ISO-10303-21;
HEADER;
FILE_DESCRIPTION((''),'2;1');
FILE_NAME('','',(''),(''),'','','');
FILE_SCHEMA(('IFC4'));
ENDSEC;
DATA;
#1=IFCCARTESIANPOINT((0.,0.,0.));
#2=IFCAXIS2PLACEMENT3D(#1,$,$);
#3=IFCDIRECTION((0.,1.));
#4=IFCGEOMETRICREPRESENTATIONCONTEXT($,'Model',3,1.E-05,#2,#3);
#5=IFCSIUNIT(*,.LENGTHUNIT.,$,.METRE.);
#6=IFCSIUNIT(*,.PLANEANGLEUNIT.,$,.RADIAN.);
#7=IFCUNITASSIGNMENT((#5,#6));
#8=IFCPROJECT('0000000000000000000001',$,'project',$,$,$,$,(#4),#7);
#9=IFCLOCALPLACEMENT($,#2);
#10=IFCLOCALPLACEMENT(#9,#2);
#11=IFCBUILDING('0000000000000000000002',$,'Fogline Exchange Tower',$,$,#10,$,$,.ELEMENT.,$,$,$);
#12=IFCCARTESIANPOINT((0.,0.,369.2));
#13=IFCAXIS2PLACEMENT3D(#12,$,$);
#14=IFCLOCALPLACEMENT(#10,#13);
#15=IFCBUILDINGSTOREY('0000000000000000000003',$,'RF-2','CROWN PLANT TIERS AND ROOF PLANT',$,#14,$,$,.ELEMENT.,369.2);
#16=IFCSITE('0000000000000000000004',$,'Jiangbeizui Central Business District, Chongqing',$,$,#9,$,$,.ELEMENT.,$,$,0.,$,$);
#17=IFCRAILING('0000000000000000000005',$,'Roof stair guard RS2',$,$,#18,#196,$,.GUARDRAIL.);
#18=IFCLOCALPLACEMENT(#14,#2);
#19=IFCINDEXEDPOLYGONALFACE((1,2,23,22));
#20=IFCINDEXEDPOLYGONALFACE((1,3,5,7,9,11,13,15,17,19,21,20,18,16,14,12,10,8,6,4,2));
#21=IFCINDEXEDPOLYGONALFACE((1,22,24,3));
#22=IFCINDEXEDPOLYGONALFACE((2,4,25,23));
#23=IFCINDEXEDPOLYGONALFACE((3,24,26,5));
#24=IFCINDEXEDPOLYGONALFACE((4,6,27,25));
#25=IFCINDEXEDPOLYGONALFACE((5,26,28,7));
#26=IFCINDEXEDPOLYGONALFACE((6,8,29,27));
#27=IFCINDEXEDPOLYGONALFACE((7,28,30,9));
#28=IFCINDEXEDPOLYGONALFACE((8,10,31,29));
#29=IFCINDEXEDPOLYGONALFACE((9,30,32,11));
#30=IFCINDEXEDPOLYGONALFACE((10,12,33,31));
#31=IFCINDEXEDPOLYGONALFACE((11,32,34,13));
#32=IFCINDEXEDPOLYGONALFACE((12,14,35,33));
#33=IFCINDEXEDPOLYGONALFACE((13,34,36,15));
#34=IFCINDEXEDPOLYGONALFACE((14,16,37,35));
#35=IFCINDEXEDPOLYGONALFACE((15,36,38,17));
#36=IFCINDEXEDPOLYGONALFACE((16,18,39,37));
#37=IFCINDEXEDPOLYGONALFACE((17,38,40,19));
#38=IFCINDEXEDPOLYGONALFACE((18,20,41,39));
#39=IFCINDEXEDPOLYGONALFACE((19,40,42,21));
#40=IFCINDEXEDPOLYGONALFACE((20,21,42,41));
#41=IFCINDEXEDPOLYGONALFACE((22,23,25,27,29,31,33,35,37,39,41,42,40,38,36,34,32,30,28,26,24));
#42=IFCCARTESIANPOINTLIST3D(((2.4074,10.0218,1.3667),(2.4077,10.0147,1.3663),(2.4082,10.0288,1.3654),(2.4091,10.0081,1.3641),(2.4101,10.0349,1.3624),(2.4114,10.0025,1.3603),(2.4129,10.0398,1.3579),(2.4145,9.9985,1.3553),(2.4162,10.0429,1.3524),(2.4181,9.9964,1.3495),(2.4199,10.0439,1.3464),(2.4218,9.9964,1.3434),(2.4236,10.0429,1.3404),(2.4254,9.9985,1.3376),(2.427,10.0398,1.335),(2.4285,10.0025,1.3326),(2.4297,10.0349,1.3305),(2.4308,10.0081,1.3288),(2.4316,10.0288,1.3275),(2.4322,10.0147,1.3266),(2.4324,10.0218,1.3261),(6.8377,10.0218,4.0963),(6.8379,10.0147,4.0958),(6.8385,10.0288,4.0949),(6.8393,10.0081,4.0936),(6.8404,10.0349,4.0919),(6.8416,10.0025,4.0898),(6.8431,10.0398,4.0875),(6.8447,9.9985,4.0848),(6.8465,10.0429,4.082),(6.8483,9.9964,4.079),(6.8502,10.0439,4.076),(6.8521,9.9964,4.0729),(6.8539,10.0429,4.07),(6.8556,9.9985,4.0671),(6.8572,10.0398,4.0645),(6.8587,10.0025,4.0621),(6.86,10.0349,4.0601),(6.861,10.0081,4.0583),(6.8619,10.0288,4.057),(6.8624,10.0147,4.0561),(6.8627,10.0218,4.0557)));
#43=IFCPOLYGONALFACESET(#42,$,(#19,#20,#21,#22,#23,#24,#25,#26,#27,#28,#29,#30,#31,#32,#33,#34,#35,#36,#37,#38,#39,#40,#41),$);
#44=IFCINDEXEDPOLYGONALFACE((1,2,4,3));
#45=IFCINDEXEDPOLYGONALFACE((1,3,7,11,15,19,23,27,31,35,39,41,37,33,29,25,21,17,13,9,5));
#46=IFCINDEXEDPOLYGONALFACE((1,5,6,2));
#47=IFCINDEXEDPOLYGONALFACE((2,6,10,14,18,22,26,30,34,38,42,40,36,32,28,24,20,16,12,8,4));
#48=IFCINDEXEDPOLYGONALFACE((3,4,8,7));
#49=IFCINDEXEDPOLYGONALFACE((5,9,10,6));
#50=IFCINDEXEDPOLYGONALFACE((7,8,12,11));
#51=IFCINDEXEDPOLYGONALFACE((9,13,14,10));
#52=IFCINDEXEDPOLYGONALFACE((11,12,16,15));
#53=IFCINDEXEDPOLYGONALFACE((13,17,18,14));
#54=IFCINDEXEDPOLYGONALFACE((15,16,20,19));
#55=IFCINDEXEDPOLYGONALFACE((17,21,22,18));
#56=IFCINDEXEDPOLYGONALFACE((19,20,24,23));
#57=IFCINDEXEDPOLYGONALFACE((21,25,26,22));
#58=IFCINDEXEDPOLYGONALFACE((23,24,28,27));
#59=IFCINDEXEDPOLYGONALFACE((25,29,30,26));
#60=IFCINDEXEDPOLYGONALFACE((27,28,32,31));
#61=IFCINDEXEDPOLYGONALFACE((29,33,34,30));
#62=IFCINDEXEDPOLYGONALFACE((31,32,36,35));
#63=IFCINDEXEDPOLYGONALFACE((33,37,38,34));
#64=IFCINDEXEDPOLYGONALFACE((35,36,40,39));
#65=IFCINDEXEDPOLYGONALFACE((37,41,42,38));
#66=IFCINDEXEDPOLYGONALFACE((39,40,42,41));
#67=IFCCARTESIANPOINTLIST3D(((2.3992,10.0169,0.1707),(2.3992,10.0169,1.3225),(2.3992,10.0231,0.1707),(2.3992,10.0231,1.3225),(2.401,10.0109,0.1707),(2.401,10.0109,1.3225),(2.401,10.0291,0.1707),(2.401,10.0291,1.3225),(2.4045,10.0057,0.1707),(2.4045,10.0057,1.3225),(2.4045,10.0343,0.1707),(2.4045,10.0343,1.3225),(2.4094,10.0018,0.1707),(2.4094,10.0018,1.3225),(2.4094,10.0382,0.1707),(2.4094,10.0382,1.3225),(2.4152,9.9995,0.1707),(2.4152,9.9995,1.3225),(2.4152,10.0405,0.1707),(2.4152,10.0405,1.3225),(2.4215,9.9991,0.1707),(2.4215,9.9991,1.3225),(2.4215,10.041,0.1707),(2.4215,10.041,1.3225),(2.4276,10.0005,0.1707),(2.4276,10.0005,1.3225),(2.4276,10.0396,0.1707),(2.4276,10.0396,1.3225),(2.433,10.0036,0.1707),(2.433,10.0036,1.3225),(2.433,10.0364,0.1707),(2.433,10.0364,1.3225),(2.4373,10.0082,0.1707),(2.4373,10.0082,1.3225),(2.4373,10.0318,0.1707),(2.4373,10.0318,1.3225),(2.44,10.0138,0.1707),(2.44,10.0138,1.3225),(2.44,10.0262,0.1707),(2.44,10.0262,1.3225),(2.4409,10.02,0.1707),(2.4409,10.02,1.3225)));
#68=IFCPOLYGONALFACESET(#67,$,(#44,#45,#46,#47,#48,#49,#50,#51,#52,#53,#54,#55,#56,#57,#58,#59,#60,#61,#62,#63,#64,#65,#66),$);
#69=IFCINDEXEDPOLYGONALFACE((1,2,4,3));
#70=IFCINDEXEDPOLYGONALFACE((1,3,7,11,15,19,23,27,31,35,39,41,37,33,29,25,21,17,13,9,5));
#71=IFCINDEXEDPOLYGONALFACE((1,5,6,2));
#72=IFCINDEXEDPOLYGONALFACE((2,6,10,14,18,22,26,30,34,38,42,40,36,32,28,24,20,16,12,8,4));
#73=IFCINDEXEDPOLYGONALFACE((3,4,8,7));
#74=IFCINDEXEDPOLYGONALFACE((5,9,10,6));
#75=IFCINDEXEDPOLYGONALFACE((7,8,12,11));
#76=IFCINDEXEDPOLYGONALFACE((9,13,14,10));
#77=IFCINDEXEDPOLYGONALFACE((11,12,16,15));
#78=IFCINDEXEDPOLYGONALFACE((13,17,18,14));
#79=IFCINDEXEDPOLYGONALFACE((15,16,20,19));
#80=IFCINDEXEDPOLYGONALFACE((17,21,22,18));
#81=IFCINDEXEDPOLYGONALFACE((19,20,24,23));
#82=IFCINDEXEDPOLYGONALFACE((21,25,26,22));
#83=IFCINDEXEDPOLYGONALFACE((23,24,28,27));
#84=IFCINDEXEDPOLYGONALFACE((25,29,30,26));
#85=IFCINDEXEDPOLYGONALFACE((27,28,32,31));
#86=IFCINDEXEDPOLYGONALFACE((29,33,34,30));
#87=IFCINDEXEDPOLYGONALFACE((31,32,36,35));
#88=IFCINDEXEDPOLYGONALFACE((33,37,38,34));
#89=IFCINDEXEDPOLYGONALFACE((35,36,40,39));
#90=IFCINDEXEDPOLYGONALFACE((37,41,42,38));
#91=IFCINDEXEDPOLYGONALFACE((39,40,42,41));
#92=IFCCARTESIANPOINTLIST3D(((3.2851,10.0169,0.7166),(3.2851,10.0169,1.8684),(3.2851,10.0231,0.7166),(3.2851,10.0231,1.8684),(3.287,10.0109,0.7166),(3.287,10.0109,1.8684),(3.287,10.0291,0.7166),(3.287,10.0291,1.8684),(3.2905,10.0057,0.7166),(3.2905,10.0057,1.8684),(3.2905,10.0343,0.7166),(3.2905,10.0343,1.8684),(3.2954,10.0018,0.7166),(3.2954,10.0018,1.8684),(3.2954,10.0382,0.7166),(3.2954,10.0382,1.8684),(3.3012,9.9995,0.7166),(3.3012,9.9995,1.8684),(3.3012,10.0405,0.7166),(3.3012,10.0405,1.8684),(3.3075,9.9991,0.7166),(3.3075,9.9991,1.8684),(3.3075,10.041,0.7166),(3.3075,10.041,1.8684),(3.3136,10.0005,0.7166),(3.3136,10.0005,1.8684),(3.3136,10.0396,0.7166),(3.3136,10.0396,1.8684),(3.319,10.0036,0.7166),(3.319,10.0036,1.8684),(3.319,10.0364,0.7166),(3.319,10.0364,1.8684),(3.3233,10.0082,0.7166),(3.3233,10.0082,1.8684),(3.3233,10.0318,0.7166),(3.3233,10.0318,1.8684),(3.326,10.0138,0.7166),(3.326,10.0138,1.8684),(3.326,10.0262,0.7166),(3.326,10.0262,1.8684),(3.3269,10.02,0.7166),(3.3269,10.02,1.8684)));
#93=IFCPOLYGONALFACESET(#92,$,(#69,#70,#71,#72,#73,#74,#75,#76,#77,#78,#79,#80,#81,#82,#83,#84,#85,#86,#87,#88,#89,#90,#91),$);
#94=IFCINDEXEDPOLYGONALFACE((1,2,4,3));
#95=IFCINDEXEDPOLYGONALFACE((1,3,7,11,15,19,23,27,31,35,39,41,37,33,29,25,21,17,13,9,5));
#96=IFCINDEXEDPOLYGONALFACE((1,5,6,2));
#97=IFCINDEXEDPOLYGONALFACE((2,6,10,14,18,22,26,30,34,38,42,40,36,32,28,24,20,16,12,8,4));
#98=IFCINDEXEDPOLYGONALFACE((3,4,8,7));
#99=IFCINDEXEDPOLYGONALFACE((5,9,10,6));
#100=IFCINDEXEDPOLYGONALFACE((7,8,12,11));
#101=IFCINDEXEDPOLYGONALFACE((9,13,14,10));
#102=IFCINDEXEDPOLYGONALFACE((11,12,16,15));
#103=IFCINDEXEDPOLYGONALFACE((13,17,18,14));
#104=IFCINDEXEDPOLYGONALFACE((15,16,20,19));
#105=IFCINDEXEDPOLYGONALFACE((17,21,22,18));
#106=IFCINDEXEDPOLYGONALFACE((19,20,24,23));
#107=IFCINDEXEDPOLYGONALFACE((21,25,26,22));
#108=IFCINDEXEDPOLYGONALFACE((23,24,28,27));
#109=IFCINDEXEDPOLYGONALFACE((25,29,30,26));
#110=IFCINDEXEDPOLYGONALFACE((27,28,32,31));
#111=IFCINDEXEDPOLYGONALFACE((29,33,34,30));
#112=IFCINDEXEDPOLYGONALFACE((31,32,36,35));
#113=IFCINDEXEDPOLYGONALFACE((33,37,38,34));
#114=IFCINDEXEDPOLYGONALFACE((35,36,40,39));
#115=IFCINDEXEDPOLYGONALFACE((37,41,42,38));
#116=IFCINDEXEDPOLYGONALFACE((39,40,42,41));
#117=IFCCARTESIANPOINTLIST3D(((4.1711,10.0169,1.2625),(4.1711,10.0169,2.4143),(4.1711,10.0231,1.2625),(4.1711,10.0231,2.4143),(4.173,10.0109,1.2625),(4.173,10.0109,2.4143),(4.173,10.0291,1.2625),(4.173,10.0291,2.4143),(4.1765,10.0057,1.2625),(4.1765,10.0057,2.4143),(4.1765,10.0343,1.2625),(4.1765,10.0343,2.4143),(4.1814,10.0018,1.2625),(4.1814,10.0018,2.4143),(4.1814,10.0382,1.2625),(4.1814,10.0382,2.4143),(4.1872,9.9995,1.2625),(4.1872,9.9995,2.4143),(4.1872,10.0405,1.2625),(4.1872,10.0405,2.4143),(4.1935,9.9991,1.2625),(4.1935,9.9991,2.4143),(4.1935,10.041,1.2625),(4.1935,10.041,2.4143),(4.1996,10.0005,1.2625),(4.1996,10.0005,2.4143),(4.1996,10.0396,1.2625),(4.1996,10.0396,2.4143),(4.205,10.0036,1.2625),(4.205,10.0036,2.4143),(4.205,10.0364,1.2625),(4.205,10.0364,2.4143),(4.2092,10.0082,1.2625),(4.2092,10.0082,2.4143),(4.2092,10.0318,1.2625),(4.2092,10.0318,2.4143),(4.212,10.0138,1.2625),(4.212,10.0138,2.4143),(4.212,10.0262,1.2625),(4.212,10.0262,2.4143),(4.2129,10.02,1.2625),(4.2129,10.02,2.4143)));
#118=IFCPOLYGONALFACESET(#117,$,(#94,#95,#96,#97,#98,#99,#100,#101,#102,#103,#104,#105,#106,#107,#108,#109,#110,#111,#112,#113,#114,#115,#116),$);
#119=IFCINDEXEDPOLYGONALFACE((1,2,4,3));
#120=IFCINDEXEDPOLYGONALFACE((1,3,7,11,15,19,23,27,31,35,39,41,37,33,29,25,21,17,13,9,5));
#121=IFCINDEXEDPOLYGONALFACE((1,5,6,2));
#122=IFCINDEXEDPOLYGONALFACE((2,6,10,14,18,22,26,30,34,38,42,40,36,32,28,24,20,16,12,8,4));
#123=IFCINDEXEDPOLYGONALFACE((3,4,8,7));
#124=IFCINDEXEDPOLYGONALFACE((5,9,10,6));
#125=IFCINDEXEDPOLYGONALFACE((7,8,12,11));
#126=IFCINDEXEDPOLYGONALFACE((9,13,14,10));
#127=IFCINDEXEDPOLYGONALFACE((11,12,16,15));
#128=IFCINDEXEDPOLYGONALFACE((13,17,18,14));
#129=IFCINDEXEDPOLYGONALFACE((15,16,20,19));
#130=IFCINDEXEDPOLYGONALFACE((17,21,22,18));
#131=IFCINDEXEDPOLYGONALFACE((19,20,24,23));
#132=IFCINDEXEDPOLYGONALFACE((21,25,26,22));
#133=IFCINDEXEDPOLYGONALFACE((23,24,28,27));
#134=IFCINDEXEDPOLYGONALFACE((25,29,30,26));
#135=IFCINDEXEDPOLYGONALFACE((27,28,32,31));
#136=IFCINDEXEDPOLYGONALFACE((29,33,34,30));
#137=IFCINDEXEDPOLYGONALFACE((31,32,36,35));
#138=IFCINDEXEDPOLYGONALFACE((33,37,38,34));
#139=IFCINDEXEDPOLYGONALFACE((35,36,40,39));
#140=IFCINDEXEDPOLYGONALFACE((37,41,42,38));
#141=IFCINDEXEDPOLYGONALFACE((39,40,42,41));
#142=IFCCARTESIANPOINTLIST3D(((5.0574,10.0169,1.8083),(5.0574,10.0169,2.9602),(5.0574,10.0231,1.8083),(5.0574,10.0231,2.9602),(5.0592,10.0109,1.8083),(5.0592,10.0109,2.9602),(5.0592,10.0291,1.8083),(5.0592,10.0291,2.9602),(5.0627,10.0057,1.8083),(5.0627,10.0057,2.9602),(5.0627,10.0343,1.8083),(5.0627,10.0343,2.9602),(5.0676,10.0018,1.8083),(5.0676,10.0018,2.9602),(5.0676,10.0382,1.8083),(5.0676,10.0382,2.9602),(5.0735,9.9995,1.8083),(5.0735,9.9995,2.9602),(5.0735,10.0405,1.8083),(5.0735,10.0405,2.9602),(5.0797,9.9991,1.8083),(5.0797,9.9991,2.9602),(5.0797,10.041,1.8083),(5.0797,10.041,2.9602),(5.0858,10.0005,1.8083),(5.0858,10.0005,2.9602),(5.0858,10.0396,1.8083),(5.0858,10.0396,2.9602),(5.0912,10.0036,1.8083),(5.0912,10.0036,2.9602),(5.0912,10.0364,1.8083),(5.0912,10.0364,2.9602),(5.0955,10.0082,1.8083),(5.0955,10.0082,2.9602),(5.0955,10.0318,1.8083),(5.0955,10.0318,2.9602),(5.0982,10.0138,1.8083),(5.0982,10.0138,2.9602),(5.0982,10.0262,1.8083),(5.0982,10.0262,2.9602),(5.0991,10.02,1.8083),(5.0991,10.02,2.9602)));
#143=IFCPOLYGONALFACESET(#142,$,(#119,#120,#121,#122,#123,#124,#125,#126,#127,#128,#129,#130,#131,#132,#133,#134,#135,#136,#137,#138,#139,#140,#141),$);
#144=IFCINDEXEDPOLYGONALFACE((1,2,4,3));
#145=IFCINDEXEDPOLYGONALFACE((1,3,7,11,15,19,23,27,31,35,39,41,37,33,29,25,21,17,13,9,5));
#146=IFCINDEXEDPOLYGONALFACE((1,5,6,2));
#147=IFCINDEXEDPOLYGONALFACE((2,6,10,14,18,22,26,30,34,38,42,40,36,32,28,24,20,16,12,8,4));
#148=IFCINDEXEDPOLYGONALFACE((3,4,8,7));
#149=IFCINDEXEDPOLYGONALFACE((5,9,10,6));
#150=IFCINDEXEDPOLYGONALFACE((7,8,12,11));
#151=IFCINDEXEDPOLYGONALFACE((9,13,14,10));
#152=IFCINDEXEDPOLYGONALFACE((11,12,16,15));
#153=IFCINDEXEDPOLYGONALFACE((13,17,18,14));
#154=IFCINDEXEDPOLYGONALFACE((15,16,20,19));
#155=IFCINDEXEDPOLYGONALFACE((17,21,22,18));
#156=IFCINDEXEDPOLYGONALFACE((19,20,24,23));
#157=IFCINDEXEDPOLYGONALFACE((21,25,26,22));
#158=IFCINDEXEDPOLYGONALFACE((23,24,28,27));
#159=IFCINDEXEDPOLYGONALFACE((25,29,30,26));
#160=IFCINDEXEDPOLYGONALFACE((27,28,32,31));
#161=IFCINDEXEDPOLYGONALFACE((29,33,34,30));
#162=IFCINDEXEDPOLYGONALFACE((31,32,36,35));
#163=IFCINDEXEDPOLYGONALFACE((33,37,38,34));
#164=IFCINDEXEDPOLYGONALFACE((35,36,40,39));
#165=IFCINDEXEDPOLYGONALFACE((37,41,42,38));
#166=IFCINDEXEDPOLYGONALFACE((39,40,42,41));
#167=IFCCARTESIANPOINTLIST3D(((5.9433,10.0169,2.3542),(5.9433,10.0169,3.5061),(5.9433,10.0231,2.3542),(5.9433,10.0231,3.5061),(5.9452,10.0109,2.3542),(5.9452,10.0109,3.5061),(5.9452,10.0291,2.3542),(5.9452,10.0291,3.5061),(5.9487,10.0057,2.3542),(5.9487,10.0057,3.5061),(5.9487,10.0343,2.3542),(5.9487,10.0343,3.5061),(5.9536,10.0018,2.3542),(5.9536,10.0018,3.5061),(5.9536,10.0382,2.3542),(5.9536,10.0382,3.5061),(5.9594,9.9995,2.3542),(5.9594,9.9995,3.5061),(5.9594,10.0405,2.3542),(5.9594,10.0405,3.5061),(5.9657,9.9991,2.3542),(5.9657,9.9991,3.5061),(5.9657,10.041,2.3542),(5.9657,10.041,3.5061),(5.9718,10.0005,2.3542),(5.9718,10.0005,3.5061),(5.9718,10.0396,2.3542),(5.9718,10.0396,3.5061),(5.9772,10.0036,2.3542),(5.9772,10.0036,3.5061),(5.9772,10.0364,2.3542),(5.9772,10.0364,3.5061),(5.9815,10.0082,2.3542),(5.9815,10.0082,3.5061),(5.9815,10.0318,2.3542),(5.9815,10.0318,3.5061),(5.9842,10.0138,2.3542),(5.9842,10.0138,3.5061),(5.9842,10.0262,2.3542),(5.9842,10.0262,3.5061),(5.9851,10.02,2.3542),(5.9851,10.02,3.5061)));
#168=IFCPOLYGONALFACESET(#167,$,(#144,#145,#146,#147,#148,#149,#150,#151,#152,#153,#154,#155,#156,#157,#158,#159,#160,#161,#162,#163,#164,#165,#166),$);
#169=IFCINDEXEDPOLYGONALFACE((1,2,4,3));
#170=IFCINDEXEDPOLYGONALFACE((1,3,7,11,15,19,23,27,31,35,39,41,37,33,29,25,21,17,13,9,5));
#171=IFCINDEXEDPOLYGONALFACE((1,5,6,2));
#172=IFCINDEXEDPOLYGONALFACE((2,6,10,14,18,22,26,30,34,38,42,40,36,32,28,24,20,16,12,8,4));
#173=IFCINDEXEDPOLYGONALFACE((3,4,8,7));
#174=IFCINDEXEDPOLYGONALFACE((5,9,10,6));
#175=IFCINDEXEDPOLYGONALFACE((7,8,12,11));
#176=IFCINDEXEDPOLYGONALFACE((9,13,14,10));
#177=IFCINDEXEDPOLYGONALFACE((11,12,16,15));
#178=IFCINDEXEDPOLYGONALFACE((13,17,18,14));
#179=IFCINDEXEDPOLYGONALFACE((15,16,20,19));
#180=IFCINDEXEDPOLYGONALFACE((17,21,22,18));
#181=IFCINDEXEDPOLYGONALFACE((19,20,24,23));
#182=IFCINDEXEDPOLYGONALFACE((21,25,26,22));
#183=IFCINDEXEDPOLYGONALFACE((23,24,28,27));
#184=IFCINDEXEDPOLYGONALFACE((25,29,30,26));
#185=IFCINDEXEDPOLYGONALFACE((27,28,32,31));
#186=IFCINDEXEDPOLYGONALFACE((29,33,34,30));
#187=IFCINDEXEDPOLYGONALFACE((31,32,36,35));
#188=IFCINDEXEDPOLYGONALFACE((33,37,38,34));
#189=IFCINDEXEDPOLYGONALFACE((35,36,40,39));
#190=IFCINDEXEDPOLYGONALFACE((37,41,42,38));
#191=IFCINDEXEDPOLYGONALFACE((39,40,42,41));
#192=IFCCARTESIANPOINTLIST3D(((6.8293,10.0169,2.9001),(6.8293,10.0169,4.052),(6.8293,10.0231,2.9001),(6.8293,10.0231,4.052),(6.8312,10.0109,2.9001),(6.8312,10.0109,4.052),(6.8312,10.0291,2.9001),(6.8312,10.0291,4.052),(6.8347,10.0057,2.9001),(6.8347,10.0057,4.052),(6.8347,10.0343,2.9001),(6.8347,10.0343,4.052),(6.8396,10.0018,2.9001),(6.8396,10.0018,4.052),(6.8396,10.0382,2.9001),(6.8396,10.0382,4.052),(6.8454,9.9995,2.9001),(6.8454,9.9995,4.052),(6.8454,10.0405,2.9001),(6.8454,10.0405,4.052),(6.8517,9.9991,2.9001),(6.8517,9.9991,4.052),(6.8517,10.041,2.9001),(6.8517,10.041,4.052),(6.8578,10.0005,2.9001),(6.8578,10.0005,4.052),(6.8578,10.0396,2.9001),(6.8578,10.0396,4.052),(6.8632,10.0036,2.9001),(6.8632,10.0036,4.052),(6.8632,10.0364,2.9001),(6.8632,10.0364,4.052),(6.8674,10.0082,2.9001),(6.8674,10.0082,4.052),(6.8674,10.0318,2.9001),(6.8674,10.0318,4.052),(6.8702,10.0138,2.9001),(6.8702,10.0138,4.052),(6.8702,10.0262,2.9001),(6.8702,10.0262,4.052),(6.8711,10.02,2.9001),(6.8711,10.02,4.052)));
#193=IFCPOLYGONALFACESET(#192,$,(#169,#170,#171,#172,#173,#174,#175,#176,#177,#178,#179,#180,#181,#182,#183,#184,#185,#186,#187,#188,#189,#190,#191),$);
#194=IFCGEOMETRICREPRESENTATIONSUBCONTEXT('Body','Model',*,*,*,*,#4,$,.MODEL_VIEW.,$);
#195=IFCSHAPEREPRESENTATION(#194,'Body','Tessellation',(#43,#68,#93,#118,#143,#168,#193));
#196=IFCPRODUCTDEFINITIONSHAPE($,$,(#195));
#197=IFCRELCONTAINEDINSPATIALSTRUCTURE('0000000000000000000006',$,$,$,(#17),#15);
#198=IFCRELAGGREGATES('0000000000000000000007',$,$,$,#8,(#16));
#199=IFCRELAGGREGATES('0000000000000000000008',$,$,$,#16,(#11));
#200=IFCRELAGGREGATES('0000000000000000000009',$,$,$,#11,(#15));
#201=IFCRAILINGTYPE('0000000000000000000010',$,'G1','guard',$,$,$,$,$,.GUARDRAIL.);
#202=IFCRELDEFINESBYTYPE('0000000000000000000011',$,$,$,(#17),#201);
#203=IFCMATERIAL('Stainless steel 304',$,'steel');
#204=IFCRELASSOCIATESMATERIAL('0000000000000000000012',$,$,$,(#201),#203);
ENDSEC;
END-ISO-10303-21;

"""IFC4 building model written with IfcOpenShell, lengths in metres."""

from ifc_helpers import new_model, si_unit, direction, frame, origin, origin_2d, place, context, subcontext, project, spatial, circle, extrude, material, type_object, element, save


model = new_model("IFC4")

# Units and contexts
model_context = context("Model", 3, precision=1e-05, world=origin(), true_north=direction((0.0, 1.0)))
body_context = subcontext(model_context, "Body", "Model", "MODEL_VIEW")
ifc_project = project(units=[si_unit("LENGTHUNIT", "METRE"), si_unit("PLANEANGLEUNIT", "RADIAN")], contexts=[model_context])

# Site, building, storey
site_placement = place(None, origin())
site = spatial("IfcSite", under=ifc_project, at=site_placement, Name="Jiangbeizui Central Business District, Chongqing", CompositionType="ELEMENT", RefElevation=0.0)
building_placement = place(site_placement, origin())
building = spatial("IfcBuilding", under=site, at=building_placement, Name="Fogline Exchange Tower", CompositionType="ELEMENT")
storey_placement = place(building_placement, frame((0.0, 0.0, 369.2)))
storey = spatial("IfcBuildingStorey", under=building, at=storey_placement, Name="RF-2", Description="CROWN PLANT TIERS AND ROOF PLANT", CompositionType="ELEMENT", Elevation=369.2)

# Railing
ifc_material_1 = material(Name="Stainless steel 304", Category="steel")
railing_type_1 = type_object("IfcRailingType", Name="G1", Description="guard", PredefinedType="GUARDRAIL", material=ifc_material_1)
railing_1_placement = place(storey_placement, frame((2.4199, 10.02, 0.1707)))
element("IfcRailing", 1, at=railing_1_placement, inside=storey, type_object=railing_type_1, Name="Roof stair guard RS2", PredefinedType="GUARDRAIL", context=body_context, shape_type="SweptSolid", body=[
    extrude(circle(Radius=0.0239, at=origin_2d()), frame((0.0, 0.0, 1.1758), z_axis=(0.851381, 0.0, 0.524548), x_axis=(0.0, 1.0, 0.0)), (0.0, 0.0, 1.0), 5.2036),
    extrude(circle(Radius=0.021, at=origin_2d()), origin(), (0.0, 0.0, 1.0), 1.1519),
    extrude(circle(Radius=0.021, at=origin_2d()), frame((0.886, 0.0, 0.5459)), (0.0, 0.0, 1.0), 1.1519),
    extrude(circle(Radius=0.021, at=origin_2d()), frame((1.772, 0.0, 1.0918)), (0.0, 0.0, 1.0), 1.1519),
    extrude(circle(Radius=0.021, at=origin_2d()), frame((2.6582, 0.0, 1.6377)), (0.0, 0.0, 1.0), 1.1519),
    extrude(circle(Radius=0.021, at=origin_2d()), frame((3.5442, 0.0, 2.1836)), (0.0, 0.0, 1.0), 1.1519),
    extrude(circle(Radius=0.021, at=origin_2d()), frame((4.4302, 0.0, 2.7295)), (0.0, 0.0, 1.0), 1.1519),
])

save(model, "model.ifc")
